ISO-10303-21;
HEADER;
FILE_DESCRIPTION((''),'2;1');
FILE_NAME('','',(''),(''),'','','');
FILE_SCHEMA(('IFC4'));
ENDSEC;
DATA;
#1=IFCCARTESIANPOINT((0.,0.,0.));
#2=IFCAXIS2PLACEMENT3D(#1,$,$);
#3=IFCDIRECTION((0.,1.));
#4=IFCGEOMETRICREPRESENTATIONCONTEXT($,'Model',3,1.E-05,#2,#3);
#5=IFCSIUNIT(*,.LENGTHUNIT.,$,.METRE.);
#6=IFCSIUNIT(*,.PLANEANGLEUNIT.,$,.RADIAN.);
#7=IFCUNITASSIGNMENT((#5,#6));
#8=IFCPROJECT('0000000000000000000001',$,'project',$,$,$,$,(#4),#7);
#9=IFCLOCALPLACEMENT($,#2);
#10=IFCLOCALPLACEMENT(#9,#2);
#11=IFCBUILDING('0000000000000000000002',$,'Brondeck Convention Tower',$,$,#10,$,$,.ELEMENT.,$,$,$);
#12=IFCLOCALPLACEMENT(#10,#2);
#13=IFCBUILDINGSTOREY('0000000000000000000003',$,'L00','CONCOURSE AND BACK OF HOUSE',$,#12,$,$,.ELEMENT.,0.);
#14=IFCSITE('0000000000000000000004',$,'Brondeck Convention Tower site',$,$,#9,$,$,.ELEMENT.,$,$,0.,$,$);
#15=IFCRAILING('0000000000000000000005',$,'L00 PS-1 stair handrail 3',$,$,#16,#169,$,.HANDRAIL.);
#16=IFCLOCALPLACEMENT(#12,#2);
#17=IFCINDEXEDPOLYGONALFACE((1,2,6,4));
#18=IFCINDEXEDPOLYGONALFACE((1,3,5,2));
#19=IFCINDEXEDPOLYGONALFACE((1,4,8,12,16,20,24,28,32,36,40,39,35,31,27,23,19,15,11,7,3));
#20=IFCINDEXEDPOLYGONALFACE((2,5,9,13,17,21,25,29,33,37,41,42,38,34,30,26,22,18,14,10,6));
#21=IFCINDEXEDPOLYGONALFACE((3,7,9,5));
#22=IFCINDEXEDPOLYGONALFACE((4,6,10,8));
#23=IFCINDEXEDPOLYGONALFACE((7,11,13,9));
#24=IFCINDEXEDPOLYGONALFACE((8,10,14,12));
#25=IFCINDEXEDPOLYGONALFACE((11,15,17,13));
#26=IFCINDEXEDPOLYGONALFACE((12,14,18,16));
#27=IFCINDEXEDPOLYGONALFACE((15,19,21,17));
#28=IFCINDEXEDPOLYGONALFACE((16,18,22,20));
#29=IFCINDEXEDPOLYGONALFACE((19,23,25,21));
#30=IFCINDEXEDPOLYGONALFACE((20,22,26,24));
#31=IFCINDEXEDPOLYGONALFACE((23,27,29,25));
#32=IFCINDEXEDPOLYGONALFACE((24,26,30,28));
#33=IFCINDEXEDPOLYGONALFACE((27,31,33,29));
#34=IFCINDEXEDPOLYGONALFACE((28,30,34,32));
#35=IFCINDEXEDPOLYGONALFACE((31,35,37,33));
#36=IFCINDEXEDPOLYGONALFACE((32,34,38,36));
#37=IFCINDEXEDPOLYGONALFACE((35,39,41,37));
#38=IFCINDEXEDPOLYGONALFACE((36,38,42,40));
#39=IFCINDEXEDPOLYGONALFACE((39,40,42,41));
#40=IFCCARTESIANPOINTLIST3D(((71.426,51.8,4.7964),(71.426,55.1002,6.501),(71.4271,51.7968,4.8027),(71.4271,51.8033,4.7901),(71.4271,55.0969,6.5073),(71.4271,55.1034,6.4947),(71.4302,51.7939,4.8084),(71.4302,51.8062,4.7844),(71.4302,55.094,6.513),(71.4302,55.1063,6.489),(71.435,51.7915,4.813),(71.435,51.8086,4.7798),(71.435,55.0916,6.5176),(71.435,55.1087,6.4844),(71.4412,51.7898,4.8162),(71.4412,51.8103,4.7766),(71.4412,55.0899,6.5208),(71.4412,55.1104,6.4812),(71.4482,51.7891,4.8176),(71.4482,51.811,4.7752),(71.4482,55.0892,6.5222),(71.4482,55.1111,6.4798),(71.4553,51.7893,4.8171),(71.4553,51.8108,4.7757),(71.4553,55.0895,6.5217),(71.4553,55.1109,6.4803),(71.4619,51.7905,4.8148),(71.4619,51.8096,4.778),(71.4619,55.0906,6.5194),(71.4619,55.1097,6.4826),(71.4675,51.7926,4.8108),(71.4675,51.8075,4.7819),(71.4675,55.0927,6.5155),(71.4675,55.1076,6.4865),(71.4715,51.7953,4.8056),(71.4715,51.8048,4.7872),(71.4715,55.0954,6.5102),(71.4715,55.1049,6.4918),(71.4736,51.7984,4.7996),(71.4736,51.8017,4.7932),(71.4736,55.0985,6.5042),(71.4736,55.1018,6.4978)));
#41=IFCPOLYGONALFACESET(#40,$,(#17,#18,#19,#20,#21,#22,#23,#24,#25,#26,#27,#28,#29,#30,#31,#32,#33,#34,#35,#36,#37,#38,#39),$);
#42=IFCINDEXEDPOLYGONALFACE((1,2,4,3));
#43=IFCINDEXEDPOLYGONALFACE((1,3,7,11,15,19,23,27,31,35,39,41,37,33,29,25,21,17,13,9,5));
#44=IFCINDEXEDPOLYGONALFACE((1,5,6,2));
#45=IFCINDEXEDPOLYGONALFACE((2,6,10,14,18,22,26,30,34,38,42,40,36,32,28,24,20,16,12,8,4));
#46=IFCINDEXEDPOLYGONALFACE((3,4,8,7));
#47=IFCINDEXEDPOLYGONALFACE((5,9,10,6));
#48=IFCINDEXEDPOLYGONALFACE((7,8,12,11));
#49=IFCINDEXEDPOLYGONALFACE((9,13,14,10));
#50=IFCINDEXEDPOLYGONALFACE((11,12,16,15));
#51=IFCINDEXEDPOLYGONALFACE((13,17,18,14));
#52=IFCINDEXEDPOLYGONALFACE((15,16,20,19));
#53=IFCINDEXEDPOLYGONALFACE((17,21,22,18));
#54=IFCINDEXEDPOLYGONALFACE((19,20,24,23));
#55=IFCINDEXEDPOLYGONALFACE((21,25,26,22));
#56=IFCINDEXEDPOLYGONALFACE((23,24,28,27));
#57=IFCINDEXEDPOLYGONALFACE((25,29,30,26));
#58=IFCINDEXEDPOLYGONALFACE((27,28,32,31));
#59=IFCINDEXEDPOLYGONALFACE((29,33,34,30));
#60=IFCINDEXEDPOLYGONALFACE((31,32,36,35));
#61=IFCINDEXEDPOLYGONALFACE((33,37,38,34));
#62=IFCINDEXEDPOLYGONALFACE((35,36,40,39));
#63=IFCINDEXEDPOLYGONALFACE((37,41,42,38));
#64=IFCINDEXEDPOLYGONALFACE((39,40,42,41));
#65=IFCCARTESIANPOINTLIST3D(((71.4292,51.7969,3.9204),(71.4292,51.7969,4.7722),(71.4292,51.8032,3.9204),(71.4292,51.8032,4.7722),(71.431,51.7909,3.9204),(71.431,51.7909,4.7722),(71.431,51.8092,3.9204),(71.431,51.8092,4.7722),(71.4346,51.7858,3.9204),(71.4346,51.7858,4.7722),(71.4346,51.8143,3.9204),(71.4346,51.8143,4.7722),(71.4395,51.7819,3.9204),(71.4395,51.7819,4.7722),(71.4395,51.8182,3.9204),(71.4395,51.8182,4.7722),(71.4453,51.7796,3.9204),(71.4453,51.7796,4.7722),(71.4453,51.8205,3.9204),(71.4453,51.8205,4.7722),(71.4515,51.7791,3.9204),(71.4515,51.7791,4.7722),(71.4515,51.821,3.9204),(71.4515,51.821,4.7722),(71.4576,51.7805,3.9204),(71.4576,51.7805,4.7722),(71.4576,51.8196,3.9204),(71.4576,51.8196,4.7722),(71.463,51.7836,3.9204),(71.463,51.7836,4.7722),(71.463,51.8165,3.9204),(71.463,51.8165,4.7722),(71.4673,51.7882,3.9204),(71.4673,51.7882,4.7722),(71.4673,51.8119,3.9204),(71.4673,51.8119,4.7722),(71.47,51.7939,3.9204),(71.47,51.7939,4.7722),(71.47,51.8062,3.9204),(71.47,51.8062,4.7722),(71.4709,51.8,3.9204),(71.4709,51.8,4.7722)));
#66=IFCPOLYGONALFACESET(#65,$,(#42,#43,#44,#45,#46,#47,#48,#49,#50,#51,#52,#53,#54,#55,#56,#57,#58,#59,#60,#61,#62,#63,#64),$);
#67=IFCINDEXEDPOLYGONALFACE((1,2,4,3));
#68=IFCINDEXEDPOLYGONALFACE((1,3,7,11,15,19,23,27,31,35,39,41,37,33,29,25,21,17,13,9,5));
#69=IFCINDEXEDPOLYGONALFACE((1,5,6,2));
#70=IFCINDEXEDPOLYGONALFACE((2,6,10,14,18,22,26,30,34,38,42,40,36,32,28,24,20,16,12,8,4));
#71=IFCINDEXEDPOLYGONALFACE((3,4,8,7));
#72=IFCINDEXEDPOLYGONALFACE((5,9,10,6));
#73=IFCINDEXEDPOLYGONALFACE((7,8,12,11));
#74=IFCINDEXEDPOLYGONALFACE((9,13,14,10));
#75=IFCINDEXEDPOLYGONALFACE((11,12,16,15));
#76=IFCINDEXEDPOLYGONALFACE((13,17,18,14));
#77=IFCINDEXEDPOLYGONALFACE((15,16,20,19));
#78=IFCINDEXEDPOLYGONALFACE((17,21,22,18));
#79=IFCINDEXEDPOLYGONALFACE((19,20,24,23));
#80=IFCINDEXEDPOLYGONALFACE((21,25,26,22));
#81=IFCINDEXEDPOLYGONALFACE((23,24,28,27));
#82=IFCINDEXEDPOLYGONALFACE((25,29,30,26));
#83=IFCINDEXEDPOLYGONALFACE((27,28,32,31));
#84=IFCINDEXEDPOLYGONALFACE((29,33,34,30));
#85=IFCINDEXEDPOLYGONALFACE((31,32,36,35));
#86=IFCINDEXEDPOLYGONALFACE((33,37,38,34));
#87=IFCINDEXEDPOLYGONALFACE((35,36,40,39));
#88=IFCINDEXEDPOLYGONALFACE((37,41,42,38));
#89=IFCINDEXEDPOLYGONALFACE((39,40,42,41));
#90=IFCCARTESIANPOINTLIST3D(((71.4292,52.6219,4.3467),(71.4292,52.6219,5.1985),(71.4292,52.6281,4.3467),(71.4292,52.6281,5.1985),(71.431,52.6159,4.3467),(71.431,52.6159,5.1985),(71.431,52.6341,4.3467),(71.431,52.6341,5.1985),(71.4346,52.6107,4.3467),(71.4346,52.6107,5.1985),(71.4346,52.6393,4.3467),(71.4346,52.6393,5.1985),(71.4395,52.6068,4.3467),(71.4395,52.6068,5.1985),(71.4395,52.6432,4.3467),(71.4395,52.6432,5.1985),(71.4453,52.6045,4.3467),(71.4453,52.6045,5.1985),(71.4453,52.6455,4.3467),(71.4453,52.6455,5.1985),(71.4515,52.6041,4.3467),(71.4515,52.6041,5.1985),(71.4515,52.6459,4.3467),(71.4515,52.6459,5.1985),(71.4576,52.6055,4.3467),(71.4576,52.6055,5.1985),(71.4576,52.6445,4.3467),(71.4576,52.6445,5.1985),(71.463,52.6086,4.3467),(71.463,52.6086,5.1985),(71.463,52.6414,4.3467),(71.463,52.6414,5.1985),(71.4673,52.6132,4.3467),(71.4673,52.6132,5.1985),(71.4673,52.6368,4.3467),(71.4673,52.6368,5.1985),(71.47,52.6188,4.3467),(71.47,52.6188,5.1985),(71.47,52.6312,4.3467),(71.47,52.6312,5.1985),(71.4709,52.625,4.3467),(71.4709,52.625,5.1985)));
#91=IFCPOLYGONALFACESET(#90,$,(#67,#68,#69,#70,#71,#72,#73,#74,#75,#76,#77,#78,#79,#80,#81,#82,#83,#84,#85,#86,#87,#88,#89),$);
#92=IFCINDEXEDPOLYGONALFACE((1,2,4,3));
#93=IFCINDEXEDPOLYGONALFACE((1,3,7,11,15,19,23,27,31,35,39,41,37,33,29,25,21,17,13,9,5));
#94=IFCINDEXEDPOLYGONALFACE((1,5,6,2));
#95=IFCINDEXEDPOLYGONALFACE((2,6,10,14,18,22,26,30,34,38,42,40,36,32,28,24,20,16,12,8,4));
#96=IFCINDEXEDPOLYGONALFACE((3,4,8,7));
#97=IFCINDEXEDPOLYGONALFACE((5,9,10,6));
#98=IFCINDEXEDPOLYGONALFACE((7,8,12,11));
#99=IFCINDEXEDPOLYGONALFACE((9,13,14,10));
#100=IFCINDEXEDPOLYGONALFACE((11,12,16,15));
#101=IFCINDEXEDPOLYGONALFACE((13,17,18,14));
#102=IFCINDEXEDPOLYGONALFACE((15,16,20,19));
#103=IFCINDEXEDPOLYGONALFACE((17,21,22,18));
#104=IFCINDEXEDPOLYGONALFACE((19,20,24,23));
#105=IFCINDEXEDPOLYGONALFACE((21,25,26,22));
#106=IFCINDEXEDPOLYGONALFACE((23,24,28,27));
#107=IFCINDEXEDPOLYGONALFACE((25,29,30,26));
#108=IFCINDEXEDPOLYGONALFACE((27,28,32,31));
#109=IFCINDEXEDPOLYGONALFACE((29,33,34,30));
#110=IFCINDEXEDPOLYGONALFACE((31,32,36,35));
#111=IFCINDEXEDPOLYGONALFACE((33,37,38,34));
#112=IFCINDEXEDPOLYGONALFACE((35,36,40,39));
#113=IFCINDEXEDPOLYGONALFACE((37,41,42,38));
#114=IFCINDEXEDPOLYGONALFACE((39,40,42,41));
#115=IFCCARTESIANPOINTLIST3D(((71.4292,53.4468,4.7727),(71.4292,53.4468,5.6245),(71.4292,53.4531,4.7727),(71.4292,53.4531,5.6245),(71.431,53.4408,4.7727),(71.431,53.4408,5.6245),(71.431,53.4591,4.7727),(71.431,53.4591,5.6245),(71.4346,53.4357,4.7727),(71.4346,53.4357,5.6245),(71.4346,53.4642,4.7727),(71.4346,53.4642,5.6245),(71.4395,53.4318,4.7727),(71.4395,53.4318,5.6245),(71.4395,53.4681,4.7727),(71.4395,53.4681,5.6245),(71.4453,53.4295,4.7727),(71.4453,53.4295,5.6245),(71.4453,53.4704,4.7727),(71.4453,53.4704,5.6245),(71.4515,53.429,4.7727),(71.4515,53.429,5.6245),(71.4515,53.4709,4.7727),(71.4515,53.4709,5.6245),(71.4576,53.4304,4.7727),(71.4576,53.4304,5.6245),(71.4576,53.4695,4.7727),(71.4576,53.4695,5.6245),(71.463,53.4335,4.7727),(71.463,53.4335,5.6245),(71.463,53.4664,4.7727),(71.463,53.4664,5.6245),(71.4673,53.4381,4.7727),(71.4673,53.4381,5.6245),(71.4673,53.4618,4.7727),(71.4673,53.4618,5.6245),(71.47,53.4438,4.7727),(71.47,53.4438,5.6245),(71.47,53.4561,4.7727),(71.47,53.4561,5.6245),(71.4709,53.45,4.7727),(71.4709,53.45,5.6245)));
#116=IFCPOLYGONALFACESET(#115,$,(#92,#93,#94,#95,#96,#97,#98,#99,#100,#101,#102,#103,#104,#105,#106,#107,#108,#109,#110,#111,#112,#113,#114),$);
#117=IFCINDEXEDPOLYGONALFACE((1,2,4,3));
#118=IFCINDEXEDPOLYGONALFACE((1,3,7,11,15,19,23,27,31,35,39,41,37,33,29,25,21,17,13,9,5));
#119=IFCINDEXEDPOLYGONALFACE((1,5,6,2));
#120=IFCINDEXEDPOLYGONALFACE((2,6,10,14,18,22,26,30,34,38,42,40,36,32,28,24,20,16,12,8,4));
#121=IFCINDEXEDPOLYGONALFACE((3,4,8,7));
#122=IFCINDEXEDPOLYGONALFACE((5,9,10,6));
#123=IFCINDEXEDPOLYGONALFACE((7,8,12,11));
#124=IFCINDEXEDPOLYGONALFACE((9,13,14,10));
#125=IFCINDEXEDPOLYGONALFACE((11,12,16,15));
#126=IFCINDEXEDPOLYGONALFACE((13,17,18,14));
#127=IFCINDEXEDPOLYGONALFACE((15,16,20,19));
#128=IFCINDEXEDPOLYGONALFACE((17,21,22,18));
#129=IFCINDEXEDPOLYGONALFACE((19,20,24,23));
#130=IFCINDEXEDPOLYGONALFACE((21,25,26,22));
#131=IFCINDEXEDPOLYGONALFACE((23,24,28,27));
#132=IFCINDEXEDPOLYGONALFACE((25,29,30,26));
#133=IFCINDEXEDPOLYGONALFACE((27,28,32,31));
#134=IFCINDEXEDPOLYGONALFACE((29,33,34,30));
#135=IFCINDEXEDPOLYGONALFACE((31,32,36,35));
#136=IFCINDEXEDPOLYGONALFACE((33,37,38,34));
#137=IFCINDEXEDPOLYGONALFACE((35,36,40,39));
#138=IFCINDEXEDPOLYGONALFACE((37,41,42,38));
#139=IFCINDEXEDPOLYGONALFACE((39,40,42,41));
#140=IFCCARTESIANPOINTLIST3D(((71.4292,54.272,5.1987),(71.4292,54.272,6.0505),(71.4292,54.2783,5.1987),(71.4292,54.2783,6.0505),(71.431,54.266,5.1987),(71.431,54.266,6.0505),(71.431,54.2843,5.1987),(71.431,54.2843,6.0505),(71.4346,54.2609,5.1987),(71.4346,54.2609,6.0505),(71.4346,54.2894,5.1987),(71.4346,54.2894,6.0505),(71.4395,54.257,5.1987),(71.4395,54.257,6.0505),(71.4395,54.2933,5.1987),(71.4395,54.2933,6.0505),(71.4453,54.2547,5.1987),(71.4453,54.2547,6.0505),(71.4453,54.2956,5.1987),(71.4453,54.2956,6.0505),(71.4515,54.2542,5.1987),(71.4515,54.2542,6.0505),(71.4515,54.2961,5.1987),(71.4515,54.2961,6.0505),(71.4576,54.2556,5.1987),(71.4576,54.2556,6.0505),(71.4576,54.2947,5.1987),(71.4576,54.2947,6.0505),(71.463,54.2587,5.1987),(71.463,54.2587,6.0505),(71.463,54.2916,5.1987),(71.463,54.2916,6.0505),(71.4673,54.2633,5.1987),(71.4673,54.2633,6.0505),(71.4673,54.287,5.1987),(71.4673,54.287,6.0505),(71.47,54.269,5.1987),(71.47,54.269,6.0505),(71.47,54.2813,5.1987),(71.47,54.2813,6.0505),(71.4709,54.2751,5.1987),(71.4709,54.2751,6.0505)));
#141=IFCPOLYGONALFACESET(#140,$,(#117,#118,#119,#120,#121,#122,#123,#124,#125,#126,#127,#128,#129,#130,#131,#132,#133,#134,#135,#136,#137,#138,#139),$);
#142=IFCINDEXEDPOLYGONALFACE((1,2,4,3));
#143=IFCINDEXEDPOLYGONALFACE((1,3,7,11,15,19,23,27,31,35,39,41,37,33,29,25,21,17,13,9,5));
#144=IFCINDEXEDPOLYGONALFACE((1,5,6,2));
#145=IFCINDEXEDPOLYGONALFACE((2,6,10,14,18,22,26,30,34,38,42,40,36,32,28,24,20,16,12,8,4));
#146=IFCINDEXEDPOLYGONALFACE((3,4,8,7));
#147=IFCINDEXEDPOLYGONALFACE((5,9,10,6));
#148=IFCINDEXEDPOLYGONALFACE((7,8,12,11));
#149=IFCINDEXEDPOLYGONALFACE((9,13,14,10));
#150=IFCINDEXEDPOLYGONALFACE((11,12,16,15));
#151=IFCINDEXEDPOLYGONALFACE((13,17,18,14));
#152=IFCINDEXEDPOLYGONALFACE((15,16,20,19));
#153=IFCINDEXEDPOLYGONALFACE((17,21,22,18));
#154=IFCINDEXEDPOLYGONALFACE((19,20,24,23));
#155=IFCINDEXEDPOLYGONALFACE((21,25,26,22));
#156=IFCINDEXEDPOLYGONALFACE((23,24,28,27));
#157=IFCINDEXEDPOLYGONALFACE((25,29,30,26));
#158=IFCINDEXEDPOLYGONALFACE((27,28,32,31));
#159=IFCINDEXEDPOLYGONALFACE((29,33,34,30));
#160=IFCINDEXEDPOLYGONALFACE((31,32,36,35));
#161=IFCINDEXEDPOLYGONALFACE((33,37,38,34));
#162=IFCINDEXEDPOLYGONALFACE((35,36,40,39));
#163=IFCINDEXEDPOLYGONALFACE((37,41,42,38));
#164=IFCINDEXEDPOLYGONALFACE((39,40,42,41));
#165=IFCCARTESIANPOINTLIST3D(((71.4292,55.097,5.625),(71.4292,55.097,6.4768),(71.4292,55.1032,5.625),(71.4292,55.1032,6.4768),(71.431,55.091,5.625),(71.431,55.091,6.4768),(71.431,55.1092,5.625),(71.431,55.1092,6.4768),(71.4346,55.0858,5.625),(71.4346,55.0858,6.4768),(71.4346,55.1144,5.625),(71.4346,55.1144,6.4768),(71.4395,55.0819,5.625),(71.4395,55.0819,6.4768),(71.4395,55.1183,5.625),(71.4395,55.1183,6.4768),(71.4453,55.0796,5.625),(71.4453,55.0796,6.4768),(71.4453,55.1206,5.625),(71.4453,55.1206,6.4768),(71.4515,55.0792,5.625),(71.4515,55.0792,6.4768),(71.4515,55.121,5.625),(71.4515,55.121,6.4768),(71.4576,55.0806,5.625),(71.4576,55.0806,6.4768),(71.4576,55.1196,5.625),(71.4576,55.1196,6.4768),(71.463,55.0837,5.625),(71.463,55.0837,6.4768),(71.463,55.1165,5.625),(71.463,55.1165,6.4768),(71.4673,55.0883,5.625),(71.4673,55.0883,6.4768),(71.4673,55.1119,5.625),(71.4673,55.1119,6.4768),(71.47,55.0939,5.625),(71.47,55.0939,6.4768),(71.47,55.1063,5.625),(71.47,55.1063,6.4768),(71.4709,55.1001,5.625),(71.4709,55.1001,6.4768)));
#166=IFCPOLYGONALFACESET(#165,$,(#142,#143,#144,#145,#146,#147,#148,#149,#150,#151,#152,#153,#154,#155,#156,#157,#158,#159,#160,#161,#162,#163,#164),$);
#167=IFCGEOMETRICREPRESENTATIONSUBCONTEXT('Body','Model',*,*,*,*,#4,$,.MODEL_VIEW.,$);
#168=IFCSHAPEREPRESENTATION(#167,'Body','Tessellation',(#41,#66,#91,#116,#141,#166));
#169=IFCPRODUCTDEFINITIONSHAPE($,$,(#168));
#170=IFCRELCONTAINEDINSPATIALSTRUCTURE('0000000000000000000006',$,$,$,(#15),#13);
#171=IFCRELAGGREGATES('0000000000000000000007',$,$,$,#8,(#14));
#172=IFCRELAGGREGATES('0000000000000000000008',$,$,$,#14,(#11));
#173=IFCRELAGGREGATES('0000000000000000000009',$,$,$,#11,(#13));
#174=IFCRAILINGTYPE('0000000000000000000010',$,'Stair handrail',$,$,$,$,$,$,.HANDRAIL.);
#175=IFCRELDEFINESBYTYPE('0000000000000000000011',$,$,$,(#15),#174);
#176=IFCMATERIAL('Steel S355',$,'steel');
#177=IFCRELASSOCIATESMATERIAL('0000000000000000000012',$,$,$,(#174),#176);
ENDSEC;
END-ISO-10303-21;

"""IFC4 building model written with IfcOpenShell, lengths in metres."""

from ifc_helpers import new_model, si_unit, direction, frame, origin, origin_2d, place, context, subcontext, project, spatial, circle, extrude, material, type_object, element, save


model = new_model("IFC4")

# Units and contexts
model_context = context("Model", 3, precision=1e-05, world=origin(), true_north=direction((0.0, 1.0)))
body_context = subcontext(model_context, "Body", "Model", "MODEL_VIEW")
ifc_project = project(units=[si_unit("LENGTHUNIT", "METRE"), si_unit("PLANEANGLEUNIT", "RADIAN")], contexts=[model_context])

# Site, building, storey
site_placement = place(None, origin())
site = spatial("IfcSite", under=ifc_project, at=site_placement, Name="Brondeck Convention Tower site", CompositionType="ELEMENT", RefElevation=0.0)
building_placement = place(site_placement, origin())
building = spatial("IfcBuilding", under=site, at=building_placement, Name="Brondeck Convention Tower", CompositionType="ELEMENT")
storey_placement = place(building_placement, origin())
storey = spatial("IfcBuildingStorey", under=building, at=storey_placement, Name="L00", Description="CONCOURSE AND BACK OF HOUSE", CompositionType="ELEMENT", Elevation=0.0)

# Railing
ifc_material_1 = material(Name="Steel S355", Category="steel")
railing_type_1 = type_object("IfcRailingType", Name="Stair handrail", PredefinedType="HANDRAIL", material=ifc_material_1)
railing_1_placement = place(storey_placement, frame((71.45, 51.8, 3.9204)))
element("IfcRailing", 1, at=railing_1_placement, inside=storey, type_object=railing_type_1, Name="L00 PS-1 stair handrail 3", PredefinedType="HANDRAIL", context=body_context, shape_type="SweptSolid", body=[
    extrude(circle(Radius=0.0239, at=origin_2d()), frame((0.0, 0.0, 0.876), z_axis=(0.0, 0.888474, 0.458928), x_axis=(-1.0, 0.0, 0.0)), (0.0, 0.0, 1.0), 3.7144),
    extrude(circle(Radius=0.021, at=origin_2d()), origin(), (0.0, 0.0, 1.0), 0.8518),
    extrude(circle(Radius=0.021, at=origin_2d()), frame((0.0, 0.825, 0.4263)), (0.0, 0.0, 1.0), 0.8518),
    extrude(circle(Radius=0.021, at=origin_2d()), frame((0.0, 1.6499, 0.8523)), (0.0, 0.0, 1.0), 0.8518),
    extrude(circle(Radius=0.021, at=origin_2d()), frame((0.0, 2.4751, 1.2783)), (0.0, 0.0, 1.0), 0.8518),
    extrude(circle(Radius=0.021, at=origin_2d()), frame((0.0, 3.3, 1.7046)), (0.0, 0.0, 1.0), 0.8518),
])

save(model, "model.ifc")
